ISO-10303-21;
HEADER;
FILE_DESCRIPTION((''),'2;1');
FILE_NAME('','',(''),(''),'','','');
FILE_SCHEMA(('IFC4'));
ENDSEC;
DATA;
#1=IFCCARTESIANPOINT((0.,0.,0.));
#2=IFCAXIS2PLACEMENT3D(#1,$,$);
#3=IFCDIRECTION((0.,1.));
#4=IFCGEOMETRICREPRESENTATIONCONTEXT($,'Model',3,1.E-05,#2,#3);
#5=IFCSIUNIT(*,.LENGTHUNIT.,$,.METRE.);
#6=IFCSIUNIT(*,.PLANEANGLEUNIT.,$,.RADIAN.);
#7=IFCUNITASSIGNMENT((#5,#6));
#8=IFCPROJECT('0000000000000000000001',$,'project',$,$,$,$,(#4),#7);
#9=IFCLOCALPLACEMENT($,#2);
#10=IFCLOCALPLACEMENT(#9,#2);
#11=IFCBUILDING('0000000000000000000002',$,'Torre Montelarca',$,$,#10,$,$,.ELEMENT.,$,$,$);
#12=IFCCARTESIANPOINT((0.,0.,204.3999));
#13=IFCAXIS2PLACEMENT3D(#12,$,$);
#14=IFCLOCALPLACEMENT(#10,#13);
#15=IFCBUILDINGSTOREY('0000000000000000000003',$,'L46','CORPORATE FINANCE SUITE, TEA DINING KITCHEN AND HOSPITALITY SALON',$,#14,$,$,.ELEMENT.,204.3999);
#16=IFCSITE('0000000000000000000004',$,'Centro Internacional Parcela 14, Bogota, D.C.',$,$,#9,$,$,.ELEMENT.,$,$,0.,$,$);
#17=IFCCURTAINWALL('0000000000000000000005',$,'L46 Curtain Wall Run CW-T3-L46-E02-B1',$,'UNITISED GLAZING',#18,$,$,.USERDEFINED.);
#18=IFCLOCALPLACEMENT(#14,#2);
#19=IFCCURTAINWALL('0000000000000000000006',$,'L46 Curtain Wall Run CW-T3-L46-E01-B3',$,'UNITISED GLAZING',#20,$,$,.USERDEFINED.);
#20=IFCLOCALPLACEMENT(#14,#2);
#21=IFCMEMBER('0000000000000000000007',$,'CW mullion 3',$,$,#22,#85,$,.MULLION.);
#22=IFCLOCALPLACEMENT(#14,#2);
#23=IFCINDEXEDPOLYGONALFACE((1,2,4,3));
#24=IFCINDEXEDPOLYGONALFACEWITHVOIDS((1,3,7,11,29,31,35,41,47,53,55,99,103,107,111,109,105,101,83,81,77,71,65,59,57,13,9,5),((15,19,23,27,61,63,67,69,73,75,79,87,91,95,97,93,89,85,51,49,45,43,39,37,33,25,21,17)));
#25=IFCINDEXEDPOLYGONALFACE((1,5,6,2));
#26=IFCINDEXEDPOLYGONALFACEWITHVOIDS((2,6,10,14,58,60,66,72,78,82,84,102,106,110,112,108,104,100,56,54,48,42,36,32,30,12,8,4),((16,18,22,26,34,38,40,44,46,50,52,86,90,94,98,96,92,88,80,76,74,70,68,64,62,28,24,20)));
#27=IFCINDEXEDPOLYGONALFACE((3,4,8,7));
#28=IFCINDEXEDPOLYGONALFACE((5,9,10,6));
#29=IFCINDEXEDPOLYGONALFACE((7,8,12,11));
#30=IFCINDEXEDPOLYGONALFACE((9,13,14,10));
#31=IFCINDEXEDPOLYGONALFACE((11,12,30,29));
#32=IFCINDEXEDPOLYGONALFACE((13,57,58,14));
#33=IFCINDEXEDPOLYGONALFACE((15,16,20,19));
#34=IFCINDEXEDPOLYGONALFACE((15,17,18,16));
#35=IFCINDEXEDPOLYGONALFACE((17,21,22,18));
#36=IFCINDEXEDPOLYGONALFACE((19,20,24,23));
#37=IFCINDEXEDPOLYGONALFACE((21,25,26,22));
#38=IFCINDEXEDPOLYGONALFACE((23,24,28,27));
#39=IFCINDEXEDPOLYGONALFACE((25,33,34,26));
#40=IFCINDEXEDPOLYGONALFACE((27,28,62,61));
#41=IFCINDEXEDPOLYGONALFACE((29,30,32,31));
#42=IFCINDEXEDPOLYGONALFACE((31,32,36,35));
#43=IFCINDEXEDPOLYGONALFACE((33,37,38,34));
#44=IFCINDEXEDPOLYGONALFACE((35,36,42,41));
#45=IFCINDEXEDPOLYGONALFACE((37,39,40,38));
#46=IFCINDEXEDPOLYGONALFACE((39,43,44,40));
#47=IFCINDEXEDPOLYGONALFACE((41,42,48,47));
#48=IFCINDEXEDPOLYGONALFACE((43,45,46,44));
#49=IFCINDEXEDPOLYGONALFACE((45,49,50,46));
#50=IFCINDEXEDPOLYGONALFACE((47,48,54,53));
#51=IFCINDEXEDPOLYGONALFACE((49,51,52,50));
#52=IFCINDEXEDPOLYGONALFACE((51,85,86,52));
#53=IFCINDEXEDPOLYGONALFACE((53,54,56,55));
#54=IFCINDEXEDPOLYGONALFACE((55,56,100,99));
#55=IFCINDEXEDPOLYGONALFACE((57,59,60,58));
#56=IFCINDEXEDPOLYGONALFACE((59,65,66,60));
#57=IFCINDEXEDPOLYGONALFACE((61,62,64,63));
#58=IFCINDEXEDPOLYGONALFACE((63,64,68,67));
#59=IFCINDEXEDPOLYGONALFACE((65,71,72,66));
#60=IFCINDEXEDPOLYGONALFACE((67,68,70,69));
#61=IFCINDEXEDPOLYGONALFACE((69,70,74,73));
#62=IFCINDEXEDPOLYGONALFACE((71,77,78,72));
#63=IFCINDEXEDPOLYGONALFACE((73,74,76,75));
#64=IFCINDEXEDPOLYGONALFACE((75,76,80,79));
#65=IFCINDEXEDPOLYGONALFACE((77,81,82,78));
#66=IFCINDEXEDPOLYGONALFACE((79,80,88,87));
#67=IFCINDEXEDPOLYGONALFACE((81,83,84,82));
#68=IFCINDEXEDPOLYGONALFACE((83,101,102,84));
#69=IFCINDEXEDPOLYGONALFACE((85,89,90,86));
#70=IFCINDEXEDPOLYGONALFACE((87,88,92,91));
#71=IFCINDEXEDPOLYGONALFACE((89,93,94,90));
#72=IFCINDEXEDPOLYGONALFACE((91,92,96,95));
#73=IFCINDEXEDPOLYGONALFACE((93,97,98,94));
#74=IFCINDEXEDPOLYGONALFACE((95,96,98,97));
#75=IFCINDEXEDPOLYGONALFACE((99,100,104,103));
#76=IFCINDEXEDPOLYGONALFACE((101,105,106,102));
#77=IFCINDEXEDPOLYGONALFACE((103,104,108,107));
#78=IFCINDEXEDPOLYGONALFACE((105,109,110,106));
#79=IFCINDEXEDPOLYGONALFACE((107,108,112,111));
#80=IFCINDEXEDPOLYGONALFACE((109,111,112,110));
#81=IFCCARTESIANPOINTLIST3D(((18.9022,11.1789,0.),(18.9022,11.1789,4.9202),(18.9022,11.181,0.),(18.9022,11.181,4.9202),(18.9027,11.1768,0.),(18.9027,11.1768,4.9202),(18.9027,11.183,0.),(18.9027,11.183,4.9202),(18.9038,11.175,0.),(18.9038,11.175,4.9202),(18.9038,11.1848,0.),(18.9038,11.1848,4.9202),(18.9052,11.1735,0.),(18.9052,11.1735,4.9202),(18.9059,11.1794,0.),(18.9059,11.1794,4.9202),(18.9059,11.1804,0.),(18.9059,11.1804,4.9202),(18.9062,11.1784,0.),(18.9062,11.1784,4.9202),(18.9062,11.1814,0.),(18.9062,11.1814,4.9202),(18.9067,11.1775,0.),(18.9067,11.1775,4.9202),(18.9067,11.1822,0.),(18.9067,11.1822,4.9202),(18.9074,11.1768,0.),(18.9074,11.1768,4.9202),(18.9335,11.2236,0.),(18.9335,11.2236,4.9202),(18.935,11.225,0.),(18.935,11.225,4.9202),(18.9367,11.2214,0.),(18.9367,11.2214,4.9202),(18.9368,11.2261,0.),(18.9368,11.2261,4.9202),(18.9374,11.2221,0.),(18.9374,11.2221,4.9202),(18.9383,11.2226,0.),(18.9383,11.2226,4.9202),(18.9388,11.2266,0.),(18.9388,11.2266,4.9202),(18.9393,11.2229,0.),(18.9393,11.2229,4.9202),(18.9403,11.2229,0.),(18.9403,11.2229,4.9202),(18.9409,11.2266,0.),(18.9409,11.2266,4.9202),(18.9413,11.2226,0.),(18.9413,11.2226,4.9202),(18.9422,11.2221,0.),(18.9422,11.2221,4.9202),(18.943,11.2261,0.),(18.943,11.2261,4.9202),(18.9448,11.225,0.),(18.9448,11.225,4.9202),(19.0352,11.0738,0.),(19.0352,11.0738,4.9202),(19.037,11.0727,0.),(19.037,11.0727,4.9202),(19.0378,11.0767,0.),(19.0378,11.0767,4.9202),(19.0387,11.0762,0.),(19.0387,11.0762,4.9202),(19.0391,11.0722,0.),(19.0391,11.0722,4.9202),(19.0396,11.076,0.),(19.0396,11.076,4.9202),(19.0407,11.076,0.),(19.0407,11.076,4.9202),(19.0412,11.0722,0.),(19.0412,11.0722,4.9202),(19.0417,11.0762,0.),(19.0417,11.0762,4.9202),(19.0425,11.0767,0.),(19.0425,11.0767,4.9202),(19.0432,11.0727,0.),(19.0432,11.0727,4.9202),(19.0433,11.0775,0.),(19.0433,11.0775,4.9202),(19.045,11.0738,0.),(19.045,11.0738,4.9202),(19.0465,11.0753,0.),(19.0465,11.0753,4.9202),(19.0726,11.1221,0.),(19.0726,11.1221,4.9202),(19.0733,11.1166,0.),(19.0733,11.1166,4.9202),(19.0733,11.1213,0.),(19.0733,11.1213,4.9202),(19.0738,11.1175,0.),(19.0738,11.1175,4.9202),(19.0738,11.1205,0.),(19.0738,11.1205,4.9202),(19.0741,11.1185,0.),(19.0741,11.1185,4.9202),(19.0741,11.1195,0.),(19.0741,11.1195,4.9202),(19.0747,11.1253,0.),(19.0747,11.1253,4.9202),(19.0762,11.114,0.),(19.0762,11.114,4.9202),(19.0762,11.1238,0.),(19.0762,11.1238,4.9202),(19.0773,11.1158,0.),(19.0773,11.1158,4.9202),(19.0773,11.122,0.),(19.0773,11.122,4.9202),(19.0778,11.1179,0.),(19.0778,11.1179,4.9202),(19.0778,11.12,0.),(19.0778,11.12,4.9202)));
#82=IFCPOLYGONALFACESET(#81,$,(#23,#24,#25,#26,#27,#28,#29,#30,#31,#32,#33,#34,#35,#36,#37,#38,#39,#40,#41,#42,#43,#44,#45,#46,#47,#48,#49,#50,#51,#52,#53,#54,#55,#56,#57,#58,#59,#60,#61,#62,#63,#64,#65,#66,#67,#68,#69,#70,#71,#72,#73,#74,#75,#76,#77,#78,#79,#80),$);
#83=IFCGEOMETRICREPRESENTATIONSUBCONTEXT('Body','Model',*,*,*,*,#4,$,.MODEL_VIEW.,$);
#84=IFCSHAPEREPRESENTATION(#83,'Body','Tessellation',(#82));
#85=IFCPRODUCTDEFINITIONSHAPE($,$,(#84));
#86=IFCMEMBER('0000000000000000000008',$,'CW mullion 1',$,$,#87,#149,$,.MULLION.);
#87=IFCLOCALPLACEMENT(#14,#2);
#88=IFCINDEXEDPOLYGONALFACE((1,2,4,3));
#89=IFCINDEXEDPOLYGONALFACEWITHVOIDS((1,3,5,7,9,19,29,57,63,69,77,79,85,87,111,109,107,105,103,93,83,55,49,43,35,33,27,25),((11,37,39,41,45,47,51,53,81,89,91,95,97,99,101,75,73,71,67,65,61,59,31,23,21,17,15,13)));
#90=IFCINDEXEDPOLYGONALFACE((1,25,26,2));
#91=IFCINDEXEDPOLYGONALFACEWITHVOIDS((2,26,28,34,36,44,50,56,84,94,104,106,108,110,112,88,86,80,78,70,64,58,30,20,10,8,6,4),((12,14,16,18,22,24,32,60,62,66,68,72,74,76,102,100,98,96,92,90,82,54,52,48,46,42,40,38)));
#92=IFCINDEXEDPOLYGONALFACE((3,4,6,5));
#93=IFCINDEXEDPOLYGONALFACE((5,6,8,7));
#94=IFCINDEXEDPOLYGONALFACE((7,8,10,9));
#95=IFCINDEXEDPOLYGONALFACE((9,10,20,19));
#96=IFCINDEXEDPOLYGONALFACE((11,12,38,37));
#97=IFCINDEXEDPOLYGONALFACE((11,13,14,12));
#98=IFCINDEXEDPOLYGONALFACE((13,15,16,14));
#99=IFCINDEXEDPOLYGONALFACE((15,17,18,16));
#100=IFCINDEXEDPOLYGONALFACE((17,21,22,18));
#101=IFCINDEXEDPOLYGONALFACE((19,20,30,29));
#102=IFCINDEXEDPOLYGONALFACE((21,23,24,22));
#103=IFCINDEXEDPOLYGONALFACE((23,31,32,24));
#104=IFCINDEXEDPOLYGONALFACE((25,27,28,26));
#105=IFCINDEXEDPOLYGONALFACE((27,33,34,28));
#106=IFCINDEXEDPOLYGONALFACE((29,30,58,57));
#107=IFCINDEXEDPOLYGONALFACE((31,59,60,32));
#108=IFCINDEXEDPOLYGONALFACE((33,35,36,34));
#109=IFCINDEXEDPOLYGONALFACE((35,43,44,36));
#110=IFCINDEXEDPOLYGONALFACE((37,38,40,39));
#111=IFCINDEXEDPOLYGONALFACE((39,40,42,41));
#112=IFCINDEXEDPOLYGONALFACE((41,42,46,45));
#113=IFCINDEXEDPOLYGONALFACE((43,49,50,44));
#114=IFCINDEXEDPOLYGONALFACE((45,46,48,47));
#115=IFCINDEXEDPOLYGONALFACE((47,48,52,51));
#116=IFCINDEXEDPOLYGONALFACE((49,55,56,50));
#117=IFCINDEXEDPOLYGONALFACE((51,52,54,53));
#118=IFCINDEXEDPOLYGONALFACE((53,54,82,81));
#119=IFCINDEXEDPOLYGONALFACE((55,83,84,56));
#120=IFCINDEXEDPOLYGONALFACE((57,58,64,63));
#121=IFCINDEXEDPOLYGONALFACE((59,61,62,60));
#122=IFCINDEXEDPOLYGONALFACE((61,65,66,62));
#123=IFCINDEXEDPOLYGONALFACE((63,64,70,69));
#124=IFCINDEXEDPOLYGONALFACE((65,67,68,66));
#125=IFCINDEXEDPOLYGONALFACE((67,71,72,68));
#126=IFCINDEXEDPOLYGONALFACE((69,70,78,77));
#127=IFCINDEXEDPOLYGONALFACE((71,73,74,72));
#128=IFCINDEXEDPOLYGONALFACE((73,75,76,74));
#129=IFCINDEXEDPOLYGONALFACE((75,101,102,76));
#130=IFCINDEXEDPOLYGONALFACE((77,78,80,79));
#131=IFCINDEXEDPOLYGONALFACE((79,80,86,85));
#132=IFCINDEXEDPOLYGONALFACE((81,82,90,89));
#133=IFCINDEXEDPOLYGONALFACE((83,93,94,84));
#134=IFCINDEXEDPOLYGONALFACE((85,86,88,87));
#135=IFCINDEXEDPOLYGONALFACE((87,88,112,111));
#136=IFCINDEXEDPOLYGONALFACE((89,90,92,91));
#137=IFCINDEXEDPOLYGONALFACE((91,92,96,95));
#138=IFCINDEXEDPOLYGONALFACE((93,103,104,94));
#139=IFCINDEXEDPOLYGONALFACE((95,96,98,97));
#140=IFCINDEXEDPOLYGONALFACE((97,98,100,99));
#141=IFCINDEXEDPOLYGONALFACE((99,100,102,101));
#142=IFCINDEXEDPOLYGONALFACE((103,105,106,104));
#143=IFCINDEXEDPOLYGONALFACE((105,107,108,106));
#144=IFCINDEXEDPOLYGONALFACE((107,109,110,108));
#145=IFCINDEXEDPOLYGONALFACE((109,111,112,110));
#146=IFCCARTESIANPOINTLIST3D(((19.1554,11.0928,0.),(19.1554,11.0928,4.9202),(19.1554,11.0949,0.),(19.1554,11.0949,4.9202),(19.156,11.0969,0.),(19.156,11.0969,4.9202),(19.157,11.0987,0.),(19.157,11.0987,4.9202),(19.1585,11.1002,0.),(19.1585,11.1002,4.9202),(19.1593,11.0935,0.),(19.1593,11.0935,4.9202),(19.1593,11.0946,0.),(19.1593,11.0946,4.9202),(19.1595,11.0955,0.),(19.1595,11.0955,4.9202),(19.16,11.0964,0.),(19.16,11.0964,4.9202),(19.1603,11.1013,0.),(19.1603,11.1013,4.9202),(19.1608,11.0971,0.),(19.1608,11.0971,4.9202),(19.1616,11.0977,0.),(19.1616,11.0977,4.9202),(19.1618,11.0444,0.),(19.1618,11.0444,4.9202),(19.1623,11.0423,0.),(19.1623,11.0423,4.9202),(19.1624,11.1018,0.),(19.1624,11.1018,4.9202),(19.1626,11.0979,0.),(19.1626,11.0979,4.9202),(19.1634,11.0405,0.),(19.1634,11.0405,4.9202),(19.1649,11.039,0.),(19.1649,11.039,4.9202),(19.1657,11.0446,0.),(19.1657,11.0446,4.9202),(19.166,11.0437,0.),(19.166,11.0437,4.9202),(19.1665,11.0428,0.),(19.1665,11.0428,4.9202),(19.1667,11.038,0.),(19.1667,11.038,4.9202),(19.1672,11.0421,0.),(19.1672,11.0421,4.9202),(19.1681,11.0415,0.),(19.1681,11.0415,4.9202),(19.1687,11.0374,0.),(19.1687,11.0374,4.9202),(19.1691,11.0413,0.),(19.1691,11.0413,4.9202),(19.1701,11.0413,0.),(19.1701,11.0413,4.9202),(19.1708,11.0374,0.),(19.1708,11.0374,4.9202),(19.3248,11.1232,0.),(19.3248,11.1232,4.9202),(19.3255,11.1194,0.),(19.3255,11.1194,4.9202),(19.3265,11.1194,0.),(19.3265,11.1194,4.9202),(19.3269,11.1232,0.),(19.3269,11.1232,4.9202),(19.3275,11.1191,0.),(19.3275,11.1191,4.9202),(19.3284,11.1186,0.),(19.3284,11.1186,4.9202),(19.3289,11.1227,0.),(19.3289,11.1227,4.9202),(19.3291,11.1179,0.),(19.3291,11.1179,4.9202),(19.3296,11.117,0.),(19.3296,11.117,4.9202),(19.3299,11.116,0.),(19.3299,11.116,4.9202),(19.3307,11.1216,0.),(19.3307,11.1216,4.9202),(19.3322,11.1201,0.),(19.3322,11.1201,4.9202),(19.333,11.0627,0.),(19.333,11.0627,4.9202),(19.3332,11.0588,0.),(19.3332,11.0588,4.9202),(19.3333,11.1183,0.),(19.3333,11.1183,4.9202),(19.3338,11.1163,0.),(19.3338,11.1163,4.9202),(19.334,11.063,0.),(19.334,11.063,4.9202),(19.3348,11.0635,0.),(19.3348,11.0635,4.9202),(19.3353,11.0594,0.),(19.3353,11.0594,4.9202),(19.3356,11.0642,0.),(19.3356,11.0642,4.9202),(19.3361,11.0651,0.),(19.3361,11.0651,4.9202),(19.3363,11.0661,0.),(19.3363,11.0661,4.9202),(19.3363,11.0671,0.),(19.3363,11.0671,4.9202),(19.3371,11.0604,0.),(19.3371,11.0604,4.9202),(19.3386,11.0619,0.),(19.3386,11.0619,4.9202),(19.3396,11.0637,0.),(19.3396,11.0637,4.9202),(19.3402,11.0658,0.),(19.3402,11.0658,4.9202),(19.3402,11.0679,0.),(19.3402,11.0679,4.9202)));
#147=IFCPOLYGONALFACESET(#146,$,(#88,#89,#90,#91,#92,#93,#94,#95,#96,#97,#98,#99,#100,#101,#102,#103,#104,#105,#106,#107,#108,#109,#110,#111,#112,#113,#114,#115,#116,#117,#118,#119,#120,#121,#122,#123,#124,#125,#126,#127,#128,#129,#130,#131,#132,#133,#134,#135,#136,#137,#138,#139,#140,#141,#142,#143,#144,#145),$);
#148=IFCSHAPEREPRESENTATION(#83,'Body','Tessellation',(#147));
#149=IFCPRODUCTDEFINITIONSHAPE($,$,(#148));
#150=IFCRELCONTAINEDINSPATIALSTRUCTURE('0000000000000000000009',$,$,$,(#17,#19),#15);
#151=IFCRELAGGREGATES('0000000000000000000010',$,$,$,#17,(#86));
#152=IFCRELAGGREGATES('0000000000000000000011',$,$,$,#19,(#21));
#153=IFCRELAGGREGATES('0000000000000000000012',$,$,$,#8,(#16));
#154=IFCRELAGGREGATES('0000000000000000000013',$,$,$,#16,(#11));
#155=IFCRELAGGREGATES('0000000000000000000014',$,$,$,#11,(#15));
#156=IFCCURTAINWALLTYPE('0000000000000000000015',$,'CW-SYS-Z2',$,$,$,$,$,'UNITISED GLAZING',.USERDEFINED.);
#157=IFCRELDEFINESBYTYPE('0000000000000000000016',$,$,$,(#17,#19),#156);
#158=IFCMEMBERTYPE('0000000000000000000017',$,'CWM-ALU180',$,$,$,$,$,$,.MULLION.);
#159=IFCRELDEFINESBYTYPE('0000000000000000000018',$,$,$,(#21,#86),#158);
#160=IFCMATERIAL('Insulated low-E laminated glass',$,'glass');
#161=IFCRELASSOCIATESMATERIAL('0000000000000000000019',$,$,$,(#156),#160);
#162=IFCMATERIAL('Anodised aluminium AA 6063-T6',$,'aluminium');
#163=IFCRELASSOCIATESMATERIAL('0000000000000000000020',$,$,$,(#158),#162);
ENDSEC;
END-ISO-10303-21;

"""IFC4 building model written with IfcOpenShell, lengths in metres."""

from ifc_helpers import new_model, si_unit, direction, frame, origin, origin_2d, place, context, subcontext, project, spatial, hollow_rectangle, extrude, source, transform, mapped, material, material_profile, profile_set, type_object, element, aggregate, save


model = new_model("IFC4")

# Units and contexts
model_context = context("Model", 3, precision=1e-05, world=origin(), true_north=direction((0.0, 1.0)))
body_context = subcontext(model_context, "Body", "Model", "MODEL_VIEW")
ifc_project = project(units=[si_unit("LENGTHUNIT", "METRE"), si_unit("PLANEANGLEUNIT", "RADIAN")], contexts=[model_context])

# Site, building, storey
site_placement = place(None, origin())
site = spatial("IfcSite", under=ifc_project, at=site_placement, Name="Centro Internacional Parcela 14, Bogota, D.C.", CompositionType="ELEMENT", RefElevation=0.0)
building_placement = place(site_placement, origin())
building = spatial("IfcBuilding", under=site, at=building_placement, Name="Torre Montelarca", CompositionType="ELEMENT")
storey_placement = place(building_placement, frame((0.0, 0.0, 204.3999)))
storey = spatial("IfcBuildingStorey", under=building, at=storey_placement, Name="L46", Description="CORPORATE FINANCE SUITE, TEA DINING KITCHEN AND HOSPITALITY SALON", CompositionType="ELEMENT", Elevation=204.3999)

# Curtain wall
ifc_material_1 = material(Name="Insulated low-E laminated glass", Category="glass")
curtain_wall_type = type_object("IfcCurtainWallType", Name="CW-SYS-Z2", ElementType="UNITISED GLAZING", PredefinedType="USERDEFINED", material=ifc_material_1)
curtain_wall_1_placement = place(storey_placement, origin())
curtain_wall_1 = element("IfcCurtainWall", 1, at=curtain_wall_1_placement, inside=storey, type_object=curtain_wall_type, Name="L46 Curtain Wall Run CW-T3-L46-E02-B1", ObjectType="UNITISED GLAZING", PredefinedType="USERDEFINED")
ifc_material_2 = material(Name="Anodised aluminium AA 6063-T6", Category="aluminium")

# Shared definitions
ifc_material_profile_1 = material_profile(ifc_material_2, hollow_rectangle(XDim=0.0649, YDim=0.1799, WallThickness=0.0039, InnerFilletRadius=0.0039, OuterFilletRadius=0.0081, at=origin_2d()), Name="ALU65X180X4", Category="aluminium")
ifc_profile_set_1 = profile_set([ifc_material_profile_1], Name="Anodised aluminium AA 6063-T6")
member_type_1 = type_object("IfcMemberType", Name="CWM-ALU180", PredefinedType="MULLION", material=ifc_profile_set_1)
shared_shape_1 = source(origin(), body_context, "Body", "SweptSolid", [
    extrude(hollow_rectangle(XDim=0.0649, YDim=0.1799, WallThickness=0.0039, InnerFilletRadius=0.0039, OuterFilletRadius=0.0081, at=origin_2d()), origin(), (0.0, 0.0, 1.0), 4.9202),
])

# Curtain wall, member
curtain_wall_2_placement = place(storey_placement, origin())
curtain_wall_2 = element("IfcCurtainWall", 2, at=curtain_wall_2_placement, inside=storey, type_object=curtain_wall_type, Name="L46 Curtain Wall Run CW-T3-L46-E01-B3", ObjectType="UNITISED GLAZING", PredefinedType="USERDEFINED")
member_1_placement = place(storey_placement, frame((18.99, 11.1494, 0.0), z_axis=(0.0, 0.0, 1.0), x_axis=(0.608754, 0.793359, 0.0)))
member_1 = element("IfcMember", 3, at=member_1_placement, type_object=member_type_1, Name="CW mullion 3", PredefinedType="MULLION", context=body_context, shape_type="MappedRepresentation", body=[
    mapped(shared_shape_1, transform((0.0, 0.0, 0.0), scale=1.0)),
])

# Member
member_2_placement = place(storey_placement, frame((19.2478, 11.0803, 0.0), z_axis=(0.0, 0.0, 1.0), x_axis=(-0.130495, 0.991449, 0.0)))
member_2 = element("IfcMember", 4, at=member_2_placement, type_object=member_type_1, Name="CW mullion 1", PredefinedType="MULLION", context=body_context, shape_type="MappedRepresentation", body=[
    mapped(shared_shape_1, transform((0.0, 0.0, 0.0), scale=1.0)),
])
aggregate(curtain_wall_1, [member_2])

aggregate(curtain_wall_2, [member_1])

save(model, "model.ifc")
